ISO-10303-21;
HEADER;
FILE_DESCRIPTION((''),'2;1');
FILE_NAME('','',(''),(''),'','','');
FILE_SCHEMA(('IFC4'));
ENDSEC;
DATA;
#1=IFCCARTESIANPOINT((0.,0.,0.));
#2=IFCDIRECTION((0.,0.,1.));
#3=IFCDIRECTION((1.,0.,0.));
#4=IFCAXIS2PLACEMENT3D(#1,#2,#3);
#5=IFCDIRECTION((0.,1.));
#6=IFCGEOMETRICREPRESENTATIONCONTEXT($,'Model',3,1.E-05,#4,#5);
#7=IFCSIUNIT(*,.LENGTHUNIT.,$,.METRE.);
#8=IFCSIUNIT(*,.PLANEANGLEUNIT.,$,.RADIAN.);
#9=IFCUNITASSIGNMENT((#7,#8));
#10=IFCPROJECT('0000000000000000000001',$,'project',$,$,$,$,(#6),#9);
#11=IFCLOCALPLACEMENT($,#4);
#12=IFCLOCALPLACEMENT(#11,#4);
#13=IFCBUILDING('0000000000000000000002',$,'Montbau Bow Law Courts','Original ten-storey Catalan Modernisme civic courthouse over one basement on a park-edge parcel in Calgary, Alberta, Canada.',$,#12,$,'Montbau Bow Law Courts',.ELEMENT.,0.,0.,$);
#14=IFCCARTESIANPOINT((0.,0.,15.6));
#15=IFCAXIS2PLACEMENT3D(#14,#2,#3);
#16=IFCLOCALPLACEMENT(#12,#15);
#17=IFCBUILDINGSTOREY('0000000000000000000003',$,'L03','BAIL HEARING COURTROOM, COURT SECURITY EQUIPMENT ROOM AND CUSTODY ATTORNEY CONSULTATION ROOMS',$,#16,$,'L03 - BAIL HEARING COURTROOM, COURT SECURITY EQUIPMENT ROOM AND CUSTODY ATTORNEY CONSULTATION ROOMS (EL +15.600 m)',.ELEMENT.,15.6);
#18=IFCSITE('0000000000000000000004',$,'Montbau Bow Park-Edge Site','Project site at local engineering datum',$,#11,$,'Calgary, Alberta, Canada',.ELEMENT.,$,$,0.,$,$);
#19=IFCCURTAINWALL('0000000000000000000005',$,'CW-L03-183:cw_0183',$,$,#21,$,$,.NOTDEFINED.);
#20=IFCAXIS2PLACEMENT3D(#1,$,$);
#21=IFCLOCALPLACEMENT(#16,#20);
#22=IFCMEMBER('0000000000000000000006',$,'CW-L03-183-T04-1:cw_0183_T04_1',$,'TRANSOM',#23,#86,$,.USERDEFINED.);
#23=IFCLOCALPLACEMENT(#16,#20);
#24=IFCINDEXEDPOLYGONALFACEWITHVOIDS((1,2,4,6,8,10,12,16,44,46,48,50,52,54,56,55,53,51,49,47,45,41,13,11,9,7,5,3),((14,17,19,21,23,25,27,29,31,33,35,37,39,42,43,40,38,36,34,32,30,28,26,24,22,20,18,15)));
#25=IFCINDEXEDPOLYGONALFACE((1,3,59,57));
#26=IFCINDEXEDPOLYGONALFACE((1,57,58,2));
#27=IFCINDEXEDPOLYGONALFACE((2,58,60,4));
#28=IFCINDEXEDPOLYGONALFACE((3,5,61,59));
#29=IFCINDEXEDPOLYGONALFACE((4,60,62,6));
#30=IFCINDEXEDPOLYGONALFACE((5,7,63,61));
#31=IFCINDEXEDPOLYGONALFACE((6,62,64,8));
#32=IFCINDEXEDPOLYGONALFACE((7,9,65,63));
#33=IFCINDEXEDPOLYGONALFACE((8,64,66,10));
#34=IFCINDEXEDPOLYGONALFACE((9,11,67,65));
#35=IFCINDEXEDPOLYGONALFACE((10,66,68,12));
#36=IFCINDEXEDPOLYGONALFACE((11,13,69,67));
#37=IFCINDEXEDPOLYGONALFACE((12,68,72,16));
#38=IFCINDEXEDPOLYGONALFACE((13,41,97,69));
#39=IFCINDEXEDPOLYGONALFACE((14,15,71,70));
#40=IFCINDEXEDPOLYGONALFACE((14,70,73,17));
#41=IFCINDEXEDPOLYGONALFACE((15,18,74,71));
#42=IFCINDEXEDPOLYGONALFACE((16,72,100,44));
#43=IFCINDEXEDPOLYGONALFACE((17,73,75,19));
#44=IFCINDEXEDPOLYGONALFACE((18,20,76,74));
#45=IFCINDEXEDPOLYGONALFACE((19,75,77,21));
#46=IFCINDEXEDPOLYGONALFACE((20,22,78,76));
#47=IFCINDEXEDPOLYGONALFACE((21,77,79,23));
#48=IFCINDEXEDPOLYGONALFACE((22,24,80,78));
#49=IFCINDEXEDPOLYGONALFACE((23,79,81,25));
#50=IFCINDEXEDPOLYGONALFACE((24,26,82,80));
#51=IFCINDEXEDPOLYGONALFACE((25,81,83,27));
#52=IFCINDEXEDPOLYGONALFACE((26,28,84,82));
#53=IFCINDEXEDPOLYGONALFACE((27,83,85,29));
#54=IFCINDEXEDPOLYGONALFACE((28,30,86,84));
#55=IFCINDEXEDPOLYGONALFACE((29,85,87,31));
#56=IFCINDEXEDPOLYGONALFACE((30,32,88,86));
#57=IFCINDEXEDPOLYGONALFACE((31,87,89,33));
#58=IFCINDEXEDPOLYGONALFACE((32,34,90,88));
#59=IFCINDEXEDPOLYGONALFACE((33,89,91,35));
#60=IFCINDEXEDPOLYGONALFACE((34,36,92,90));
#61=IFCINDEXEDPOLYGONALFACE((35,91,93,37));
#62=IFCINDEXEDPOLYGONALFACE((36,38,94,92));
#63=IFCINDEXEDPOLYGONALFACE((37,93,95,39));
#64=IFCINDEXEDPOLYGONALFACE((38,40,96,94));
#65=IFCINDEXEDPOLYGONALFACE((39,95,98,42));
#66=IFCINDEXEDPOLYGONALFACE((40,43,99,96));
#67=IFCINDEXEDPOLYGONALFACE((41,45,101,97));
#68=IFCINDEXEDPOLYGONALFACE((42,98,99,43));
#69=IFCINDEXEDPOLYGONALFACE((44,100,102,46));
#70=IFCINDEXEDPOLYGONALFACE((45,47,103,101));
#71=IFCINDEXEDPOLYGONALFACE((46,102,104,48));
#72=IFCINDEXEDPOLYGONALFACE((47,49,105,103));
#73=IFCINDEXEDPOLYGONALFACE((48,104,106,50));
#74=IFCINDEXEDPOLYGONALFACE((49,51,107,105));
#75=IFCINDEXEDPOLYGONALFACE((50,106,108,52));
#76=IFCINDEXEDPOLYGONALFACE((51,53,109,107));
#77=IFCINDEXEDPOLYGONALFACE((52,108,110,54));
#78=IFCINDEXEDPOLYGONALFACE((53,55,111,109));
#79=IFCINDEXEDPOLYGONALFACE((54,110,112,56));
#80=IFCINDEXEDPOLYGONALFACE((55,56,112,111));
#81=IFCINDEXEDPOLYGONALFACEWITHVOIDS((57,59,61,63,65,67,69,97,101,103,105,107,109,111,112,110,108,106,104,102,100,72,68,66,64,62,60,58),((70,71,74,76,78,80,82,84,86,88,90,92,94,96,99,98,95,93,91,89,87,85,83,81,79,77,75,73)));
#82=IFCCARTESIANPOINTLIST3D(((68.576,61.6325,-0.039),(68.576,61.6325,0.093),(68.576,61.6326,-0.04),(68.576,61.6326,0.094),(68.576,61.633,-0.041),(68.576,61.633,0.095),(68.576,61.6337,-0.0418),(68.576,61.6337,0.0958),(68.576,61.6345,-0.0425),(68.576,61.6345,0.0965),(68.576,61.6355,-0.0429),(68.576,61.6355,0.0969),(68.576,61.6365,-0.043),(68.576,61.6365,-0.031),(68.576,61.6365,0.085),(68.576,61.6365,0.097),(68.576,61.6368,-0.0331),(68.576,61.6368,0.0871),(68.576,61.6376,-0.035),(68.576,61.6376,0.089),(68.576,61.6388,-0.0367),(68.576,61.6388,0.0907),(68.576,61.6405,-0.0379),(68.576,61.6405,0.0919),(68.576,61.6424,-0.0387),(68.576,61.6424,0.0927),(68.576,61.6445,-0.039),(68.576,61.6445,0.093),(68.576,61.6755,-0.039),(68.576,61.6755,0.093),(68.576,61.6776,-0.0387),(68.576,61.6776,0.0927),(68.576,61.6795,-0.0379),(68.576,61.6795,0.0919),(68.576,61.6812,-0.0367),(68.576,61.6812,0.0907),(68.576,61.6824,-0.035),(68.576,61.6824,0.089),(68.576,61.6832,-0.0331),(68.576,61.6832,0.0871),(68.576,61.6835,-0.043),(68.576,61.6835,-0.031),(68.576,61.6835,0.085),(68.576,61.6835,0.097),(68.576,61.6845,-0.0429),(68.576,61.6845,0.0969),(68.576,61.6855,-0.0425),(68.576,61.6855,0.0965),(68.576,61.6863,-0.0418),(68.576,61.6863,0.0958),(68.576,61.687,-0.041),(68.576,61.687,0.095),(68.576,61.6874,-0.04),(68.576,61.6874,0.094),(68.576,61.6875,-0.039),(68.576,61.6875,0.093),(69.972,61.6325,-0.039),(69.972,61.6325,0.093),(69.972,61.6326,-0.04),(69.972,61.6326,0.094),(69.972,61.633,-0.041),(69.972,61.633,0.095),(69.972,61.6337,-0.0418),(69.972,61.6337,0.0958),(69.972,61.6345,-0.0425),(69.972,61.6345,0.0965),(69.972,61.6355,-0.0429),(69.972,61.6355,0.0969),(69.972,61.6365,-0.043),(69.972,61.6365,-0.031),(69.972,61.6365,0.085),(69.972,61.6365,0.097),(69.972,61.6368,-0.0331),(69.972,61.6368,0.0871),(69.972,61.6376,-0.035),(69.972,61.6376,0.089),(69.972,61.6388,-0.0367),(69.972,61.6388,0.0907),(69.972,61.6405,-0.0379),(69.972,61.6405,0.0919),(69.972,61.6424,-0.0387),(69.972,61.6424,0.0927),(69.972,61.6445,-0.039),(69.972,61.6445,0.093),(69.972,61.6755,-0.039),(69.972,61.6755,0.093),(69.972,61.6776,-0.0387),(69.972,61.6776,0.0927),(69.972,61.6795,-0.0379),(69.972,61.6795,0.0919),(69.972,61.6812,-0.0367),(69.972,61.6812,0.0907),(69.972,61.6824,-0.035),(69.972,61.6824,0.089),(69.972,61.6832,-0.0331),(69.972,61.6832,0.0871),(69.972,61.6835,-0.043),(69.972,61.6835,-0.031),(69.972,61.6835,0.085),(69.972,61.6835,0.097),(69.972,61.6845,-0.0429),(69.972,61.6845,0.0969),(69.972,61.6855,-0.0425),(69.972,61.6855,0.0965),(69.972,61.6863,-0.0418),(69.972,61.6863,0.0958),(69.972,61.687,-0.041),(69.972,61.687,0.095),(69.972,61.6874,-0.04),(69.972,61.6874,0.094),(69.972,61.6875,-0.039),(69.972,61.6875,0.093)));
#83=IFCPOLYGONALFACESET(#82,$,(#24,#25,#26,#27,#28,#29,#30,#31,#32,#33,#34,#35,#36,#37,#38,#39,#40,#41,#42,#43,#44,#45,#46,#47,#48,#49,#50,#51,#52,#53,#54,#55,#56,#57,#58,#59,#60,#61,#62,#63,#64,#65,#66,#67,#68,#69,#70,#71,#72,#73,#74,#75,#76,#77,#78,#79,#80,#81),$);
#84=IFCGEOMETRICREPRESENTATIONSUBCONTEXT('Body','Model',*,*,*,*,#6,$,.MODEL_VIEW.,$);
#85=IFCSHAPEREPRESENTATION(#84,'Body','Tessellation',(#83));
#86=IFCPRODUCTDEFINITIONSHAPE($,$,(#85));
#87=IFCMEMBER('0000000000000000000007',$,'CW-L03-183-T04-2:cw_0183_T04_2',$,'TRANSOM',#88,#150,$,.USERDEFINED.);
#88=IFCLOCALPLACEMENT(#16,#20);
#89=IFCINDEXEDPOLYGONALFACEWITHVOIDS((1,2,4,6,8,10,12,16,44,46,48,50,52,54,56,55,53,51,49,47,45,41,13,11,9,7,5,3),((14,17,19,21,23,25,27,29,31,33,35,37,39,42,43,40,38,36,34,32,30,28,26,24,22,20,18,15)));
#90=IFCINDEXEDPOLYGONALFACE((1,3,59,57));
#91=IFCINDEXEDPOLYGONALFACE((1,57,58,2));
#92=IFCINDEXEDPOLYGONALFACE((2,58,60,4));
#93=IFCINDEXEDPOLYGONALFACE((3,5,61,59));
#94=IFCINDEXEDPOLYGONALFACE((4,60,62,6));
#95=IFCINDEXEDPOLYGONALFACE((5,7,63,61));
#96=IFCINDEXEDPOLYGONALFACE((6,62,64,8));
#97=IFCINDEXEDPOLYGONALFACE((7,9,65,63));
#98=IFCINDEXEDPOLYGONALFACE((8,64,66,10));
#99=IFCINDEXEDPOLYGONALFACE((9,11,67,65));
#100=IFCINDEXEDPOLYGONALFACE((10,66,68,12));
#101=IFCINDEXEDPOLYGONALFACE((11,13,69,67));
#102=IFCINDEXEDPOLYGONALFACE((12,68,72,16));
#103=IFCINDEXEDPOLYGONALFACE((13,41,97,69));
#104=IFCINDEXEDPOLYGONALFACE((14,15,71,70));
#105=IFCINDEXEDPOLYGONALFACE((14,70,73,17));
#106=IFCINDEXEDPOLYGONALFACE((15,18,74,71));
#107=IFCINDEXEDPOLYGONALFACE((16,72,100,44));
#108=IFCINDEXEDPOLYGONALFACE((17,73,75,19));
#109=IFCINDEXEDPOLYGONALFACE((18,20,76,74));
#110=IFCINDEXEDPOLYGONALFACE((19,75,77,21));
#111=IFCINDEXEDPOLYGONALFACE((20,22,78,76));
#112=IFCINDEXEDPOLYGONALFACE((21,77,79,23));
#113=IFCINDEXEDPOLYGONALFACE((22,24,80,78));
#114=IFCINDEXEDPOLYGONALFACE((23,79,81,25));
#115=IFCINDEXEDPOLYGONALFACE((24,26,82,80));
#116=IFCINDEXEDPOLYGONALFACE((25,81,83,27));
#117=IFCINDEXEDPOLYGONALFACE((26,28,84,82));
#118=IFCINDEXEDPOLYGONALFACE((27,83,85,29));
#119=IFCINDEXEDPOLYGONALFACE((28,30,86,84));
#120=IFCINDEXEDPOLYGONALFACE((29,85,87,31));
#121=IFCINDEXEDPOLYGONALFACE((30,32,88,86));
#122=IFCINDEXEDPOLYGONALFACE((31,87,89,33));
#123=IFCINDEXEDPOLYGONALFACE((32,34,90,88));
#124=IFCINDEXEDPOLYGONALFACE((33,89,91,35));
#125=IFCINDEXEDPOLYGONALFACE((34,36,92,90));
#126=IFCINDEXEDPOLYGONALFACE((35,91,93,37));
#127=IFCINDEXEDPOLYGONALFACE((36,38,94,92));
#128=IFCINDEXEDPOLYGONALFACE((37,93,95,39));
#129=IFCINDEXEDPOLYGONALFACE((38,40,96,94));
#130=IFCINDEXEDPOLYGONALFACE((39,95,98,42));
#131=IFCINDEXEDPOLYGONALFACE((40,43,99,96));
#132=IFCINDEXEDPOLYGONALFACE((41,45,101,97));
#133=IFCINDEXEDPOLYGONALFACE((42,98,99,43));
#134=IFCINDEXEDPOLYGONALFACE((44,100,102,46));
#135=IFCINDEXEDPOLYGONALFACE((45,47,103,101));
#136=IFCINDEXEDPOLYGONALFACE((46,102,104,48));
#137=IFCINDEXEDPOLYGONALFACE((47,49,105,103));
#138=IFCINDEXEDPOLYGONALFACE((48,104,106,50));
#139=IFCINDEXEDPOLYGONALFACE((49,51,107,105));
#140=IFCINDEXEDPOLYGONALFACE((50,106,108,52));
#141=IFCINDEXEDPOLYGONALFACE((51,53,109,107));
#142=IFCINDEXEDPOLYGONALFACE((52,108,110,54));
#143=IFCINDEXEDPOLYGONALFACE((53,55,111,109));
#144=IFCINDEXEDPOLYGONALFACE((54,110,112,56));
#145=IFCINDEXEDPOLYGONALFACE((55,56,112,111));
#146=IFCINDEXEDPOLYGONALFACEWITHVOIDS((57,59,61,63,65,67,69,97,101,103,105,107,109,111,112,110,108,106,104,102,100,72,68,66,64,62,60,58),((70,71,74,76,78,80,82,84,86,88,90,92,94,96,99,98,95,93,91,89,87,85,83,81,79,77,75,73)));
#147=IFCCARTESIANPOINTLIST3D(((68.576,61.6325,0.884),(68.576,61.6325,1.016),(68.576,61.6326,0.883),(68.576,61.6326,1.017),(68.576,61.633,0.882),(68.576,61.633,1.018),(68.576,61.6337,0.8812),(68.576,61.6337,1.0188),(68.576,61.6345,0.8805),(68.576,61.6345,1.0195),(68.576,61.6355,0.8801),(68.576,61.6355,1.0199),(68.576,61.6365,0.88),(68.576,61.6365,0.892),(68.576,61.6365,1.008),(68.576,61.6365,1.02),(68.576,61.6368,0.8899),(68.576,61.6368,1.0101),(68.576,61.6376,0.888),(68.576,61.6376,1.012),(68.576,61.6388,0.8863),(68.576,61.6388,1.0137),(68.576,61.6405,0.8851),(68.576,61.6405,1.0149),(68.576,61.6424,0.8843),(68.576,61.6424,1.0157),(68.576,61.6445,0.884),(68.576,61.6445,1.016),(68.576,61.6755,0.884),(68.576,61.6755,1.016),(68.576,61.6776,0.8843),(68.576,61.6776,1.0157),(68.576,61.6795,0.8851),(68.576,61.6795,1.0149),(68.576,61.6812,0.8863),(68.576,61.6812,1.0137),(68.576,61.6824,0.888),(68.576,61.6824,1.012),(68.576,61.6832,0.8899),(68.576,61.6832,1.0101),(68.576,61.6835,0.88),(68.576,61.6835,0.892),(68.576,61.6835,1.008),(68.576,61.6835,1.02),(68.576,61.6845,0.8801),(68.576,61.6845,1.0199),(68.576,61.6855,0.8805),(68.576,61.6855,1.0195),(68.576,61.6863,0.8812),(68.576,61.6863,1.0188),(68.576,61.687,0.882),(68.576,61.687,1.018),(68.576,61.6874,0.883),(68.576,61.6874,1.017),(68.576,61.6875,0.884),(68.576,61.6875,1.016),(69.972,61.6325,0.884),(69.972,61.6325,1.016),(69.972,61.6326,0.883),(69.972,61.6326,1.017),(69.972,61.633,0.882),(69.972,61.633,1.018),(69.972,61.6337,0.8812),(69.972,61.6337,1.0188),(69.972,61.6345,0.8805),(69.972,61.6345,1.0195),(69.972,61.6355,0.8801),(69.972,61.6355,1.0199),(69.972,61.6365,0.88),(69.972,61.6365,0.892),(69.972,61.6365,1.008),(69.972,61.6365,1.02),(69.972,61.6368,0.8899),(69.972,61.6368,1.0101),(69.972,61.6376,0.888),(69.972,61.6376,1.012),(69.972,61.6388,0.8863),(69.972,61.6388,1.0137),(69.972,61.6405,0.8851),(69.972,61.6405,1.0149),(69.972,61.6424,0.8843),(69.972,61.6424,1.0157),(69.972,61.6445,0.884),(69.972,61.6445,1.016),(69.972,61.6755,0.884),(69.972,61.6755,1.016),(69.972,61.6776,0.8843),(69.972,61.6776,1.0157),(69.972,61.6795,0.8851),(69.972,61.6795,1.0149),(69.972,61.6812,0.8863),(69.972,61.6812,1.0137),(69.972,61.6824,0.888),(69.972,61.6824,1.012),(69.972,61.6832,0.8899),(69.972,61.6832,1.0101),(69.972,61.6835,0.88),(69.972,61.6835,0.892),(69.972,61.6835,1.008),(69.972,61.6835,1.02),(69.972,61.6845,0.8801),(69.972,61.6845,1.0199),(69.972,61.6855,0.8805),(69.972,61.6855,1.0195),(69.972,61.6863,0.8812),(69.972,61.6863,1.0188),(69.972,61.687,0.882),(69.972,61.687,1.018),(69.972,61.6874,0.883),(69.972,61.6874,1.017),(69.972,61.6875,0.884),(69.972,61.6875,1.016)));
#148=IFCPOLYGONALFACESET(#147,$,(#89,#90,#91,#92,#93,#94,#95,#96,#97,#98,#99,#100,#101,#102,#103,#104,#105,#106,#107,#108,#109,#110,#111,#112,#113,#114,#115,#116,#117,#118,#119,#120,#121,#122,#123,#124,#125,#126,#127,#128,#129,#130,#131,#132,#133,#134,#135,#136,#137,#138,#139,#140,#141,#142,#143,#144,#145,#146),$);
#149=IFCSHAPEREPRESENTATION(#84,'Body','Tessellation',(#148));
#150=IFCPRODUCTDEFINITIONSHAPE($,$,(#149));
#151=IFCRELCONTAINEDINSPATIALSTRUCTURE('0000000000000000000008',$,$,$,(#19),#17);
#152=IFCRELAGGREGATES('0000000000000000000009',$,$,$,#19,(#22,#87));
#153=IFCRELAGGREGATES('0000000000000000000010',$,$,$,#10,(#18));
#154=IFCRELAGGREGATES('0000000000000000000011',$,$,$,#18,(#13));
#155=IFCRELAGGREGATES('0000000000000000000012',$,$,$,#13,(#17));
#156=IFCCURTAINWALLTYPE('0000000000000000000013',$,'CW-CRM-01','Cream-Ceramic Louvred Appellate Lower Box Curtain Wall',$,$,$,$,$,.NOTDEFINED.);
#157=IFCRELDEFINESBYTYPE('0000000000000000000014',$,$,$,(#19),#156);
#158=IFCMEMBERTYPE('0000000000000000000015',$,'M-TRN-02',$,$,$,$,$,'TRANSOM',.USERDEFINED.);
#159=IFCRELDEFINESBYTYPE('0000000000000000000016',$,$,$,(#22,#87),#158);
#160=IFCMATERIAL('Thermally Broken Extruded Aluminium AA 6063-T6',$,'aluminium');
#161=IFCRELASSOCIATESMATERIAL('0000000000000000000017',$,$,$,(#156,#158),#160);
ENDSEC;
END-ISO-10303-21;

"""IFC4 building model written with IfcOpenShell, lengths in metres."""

from ifc_helpers import new_model, si_unit, direction, frame, origin_with_axes, origin_2d_with_axis, place, context, subcontext, project, spatial, hollow_rectangle, extrude, material, material_profile, profile_set, type_object, element, aggregate, save


model = new_model("IFC4")

# Units and contexts
model_context = context("Model", 3, precision=1e-05, world=origin_with_axes(), true_north=direction((0.0, 1.0)))
body_context = subcontext(model_context, "Body", "Model", "MODEL_VIEW")
ifc_project = project(units=[si_unit("LENGTHUNIT", "METRE"), si_unit("PLANEANGLEUNIT", "RADIAN")], contexts=[model_context])

# Site, building, storey
site_placement = place(None, origin_with_axes())
site = spatial("IfcSite", under=ifc_project, at=site_placement, Name="Montbau Bow Park-Edge Site", Description="Project site at local engineering datum", LongName="Calgary, Alberta, Canada", CompositionType="ELEMENT", RefElevation=0.0)
building_placement = place(site_placement, origin_with_axes())
building = spatial("IfcBuilding", under=site, at=building_placement, Name="Montbau Bow Law Courts", Description="Original ten-storey Catalan Modernisme civic courthouse over one basement on a park-edge parcel in Calgary, Alberta, Canada.", LongName="Montbau Bow Law Courts", CompositionType="ELEMENT", ElevationOfRefHeight=0.0, ElevationOfTerrain=0.0)
storey_placement = place(building_placement, frame((0.0, 0.0, 15.6), z_axis=(0.0, 0.0, 1.0), x_axis=(1.0, 0.0, 0.0)))
storey = spatial("IfcBuildingStorey", under=building, at=storey_placement, Name="L03", Description="BAIL HEARING COURTROOM, COURT SECURITY EQUIPMENT ROOM AND CUSTODY ATTORNEY CONSULTATION ROOMS", LongName="L03 - BAIL HEARING COURTROOM, COURT SECURITY EQUIPMENT ROOM AND CUSTODY ATTORNEY CONSULTATION ROOMS (EL +15.600 m)", CompositionType="ELEMENT", Elevation=15.6)

# Curtain wall
ifc_material_1 = material(Name="Thermally Broken Extruded Aluminium AA 6063-T6", Category="aluminium")
curtain_wall_type = type_object("IfcCurtainWallType", Name="CW-CRM-01", Description="Cream-Ceramic Louvred Appellate Lower Box Curtain Wall", PredefinedType="NOTDEFINED", material=ifc_material_1)
curtain_wall_1_placement = place(None, frame((64.115, 61.66, 15.6), z_axis=(0.0, 0.0, 1.0), x_axis=(1.0, 0.0, 0.0)))
curtain_wall_1 = element("IfcCurtainWall", 1, at=curtain_wall_1_placement, inside=storey, type_object=curtain_wall_type, Name="CW-L03-183:cw_0183", PredefinedType="NOTDEFINED")

# Members
ifc_material_profile_1 = material_profile(ifc_material_1, hollow_rectangle(XDim=0.055, YDim=0.14, WallThickness=0.004, InnerFilletRadius=0.008, OuterFilletRadius=0.004, at=origin_2d_with_axis()), Name="CWT-140X55", Category="Main", Priority=0)
ifc_profile_set_1 = profile_set([ifc_material_profile_1], Name="Thermally Broken Extruded Aluminium AA 6063-T6")
member_type_1 = type_object("IfcMemberType", Name="M-TRN-02", ElementType="TRANSOM", PredefinedType="USERDEFINED", material=ifc_profile_set_1)
member_1_placement = place(None, frame((68.576, 61.66, 15.627), z_axis=(1.0, 0.0, 0.0), x_axis=(0.0, 1.0, 0.0)))
member_1 = element("IfcMember", 2, at=member_1_placement, type_object=member_type_1, Name="CW-L03-183-T04-1:cw_0183_T04_1", ObjectType="TRANSOM", PredefinedType="USERDEFINED", context=body_context, shape_type="SweptSolid", body=[
    extrude(hollow_rectangle(XDim=0.055, YDim=0.14, WallThickness=0.004, InnerFilletRadius=0.008, OuterFilletRadius=0.004, at=origin_2d_with_axis()), origin_with_axes(), (0.0, 0.0, 1.0), 1.396),
])
member_2_placement = place(None, frame((68.576, 61.66, 16.55), z_axis=(1.0, 0.0, 0.0), x_axis=(0.0, 1.0, 0.0)))
member_2 = element("IfcMember", 3, at=member_2_placement, type_object=member_type_1, Name="CW-L03-183-T04-2:cw_0183_T04_2", ObjectType="TRANSOM", PredefinedType="USERDEFINED", context=body_context, shape_type="SweptSolid", body=[
    extrude(hollow_rectangle(XDim=0.055, YDim=0.14, WallThickness=0.004, InnerFilletRadius=0.008, OuterFilletRadius=0.004, at=origin_2d_with_axis()), origin_with_axes(), (0.0, 0.0, 1.0), 1.396),
])

aggregate(curtain_wall_1, [member_1, member_2])

save(model, "model.ifc")
